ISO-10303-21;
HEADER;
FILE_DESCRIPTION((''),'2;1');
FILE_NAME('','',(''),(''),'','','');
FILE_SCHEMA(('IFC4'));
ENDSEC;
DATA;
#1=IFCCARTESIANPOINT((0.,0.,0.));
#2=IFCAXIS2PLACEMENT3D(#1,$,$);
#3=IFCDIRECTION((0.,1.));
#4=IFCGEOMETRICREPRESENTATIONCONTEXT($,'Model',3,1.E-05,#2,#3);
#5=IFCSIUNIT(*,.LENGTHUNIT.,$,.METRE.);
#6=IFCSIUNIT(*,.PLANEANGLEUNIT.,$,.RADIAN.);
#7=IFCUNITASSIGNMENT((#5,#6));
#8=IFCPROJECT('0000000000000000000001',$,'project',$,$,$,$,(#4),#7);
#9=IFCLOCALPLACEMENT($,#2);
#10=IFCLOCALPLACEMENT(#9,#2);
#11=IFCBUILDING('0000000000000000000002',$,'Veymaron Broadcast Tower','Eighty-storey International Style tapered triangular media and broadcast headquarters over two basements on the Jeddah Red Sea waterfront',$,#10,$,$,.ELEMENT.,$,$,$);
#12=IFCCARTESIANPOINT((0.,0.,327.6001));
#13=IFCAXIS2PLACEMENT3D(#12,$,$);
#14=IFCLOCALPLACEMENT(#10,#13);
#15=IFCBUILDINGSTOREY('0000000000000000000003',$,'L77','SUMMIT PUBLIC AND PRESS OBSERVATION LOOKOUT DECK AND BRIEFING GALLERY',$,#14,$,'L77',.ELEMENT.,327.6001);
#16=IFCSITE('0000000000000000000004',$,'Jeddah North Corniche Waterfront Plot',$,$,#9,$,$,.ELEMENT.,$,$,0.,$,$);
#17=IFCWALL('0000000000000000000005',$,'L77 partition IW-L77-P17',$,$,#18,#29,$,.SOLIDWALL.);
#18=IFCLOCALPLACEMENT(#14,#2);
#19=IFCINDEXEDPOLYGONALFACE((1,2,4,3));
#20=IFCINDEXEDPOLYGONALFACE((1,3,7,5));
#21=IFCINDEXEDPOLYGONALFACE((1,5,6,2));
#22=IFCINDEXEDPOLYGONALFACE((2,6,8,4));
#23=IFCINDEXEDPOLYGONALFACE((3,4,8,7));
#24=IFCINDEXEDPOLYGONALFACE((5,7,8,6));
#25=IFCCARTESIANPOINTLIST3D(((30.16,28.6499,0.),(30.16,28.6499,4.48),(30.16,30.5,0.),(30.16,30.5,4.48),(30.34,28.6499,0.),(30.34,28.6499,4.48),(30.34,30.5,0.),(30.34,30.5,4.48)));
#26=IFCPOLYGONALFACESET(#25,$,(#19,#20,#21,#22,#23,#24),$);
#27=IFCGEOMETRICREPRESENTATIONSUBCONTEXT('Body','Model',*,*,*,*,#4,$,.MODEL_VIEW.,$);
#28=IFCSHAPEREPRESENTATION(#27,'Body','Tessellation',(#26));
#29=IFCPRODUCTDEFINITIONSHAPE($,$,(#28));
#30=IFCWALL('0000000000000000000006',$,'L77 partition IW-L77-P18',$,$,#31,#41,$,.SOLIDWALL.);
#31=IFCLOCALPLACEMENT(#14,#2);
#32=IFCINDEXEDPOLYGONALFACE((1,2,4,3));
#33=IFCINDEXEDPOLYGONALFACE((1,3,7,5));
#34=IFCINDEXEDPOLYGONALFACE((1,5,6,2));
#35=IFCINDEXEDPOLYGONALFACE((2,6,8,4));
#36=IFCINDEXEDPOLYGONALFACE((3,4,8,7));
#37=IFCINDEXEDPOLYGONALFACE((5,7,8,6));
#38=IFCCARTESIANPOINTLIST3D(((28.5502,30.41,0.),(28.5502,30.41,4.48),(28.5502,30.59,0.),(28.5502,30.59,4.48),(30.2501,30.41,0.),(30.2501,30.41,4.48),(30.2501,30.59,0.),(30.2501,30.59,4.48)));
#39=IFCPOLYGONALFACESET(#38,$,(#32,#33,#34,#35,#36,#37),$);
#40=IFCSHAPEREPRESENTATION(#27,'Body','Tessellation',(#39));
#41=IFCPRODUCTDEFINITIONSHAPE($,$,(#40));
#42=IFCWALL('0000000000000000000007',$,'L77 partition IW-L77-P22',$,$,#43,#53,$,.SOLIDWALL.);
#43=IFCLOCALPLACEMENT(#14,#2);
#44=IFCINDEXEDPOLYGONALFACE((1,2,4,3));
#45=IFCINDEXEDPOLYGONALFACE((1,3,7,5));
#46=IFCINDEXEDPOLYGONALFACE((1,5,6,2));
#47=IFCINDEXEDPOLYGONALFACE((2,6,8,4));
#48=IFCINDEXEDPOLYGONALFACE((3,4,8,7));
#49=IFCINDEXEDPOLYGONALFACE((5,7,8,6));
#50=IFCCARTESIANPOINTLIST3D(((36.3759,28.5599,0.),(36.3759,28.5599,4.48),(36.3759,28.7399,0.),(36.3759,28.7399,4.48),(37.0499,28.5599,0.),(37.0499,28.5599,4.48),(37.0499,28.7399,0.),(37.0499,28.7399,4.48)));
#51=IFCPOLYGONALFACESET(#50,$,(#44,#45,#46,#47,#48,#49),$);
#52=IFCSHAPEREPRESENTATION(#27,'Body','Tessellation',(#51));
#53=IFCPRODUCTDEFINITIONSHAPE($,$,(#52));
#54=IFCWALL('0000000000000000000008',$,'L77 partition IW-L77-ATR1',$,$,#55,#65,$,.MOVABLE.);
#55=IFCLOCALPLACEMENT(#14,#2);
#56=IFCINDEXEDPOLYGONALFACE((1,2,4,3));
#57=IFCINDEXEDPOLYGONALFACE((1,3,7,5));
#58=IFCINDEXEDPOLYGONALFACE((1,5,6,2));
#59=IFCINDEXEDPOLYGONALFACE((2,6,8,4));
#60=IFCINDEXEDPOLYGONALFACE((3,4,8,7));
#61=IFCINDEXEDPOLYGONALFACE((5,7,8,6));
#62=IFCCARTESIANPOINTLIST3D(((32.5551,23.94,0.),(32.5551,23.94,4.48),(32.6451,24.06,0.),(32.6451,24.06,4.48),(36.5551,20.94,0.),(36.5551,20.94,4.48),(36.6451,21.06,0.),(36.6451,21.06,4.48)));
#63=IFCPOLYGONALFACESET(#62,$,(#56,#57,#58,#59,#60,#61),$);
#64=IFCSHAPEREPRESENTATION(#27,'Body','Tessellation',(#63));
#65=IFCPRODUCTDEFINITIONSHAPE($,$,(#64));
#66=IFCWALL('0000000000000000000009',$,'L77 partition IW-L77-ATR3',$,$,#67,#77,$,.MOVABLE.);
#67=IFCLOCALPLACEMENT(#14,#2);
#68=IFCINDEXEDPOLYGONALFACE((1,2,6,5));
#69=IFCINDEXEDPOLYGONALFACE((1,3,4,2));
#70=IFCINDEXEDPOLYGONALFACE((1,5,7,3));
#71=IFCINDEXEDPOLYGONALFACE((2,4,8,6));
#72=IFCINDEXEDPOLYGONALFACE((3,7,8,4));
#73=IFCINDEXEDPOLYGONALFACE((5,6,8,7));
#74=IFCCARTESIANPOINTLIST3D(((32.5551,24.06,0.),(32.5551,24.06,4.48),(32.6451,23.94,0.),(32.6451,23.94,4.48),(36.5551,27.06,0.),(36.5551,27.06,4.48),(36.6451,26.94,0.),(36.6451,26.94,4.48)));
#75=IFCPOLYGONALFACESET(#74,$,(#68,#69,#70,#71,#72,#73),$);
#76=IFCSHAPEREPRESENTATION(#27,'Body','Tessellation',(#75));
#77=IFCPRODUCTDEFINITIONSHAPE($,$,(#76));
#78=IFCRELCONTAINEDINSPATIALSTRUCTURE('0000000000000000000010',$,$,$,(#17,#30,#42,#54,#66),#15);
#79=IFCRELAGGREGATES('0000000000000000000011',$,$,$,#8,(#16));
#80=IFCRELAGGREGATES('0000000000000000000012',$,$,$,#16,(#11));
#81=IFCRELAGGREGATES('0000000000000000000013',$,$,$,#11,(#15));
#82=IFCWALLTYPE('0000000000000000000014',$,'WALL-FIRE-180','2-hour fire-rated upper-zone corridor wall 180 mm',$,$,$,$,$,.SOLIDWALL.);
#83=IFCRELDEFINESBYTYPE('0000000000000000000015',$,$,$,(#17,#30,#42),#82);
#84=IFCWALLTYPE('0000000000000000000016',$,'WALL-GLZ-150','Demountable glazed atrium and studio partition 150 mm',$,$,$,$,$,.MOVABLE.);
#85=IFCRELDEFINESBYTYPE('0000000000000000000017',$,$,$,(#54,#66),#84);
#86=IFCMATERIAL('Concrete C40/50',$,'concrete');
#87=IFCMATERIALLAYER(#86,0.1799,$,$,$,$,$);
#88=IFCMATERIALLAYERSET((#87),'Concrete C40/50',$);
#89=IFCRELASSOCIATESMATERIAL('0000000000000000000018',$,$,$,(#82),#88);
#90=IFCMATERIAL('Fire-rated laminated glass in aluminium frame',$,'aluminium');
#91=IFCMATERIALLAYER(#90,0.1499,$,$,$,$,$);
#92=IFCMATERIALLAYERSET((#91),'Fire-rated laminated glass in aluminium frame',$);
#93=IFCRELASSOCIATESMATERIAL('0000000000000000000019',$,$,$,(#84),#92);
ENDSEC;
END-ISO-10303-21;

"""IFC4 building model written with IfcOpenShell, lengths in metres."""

from ifc_helpers import new_model, si_unit, direction, frame, frame_2d, origin, place, context, subcontext, project, spatial, rectangle, extrude, material, layer, layer_set, type_object, element, save


model = new_model("IFC4")

# Units and contexts
model_context = context("Model", 3, precision=1e-05, world=origin(), true_north=direction((0.0, 1.0)))
body_context = subcontext(model_context, "Body", "Model", "MODEL_VIEW")
ifc_project = project(units=[si_unit("LENGTHUNIT", "METRE"), si_unit("PLANEANGLEUNIT", "RADIAN")], contexts=[model_context])

# Site, building, storey
site_placement = place(None, origin())
site = spatial("IfcSite", under=ifc_project, at=site_placement, Name="Jeddah North Corniche Waterfront Plot", CompositionType="ELEMENT", RefElevation=0.0)
building_placement = place(site_placement, origin())
building = spatial("IfcBuilding", under=site, at=building_placement, Name="Veymaron Broadcast Tower", Description="Eighty-storey International Style tapered triangular media and broadcast headquarters over two basements on the Jeddah Red Sea waterfront", CompositionType="ELEMENT")
storey_placement = place(building_placement, frame((0.0, 0.0, 327.6001)))
storey = spatial("IfcBuildingStorey", under=building, at=storey_placement, Name="L77", Description="SUMMIT PUBLIC AND PRESS OBSERVATION LOOKOUT DECK AND BRIEFING GALLERY", LongName="L77", CompositionType="ELEMENT", Elevation=327.6001)

# Shared definitions
ifc_material_1 = material(Name="Concrete C40/50", Category="concrete")

# Shared definitions
ifc_layer_1 = layer(ifc_material_1, 0.1799)
ifc_layer_set_1 = layer_set([ifc_layer_1], Name="Concrete C40/50")
wall_type_1 = type_object("IfcWallType", Name="WALL-FIRE-180", Description="2-hour fire-rated upper-zone corridor wall 180 mm", PredefinedType="SOLIDWALL", material=ifc_layer_set_1)

# Walls
wall_1_placement = place(storey_placement, frame((30.25, 28.6499, 0.0), z_axis=(0.0, 0.0, 1.0), x_axis=(0.0, 1.0, 0.0)))
element("IfcWall", 1, at=wall_1_placement, inside=storey, type_object=wall_type_1, Name="L77 partition IW-L77-P17", PredefinedType="SOLIDWALL", context=body_context, shape_type="SweptSolid", body=[
    extrude(rectangle(XDim=1.8501, YDim=0.1799, at=frame_2d((0.925, 0.0))), origin(), (0.0, 0.0, 1.0), 4.48),
])
wall_2_placement = place(storey_placement, frame((28.55, 30.5, 0.0), z_axis=(0.0, 0.0, 1.0), x_axis=(1.0, 0.0, 0.0)))
element("IfcWall", 2, at=wall_2_placement, inside=storey, type_object=wall_type_1, Name="L77 partition IW-L77-P18", PredefinedType="SOLIDWALL", context=body_context, shape_type="SweptSolid", body=[
    extrude(rectangle(XDim=1.7, YDim=0.1799, at=frame_2d((0.8501, 0.0))), origin(), (0.0, 0.0, 1.0), 4.48),
])
wall_3_placement = place(storey_placement, frame((36.376, 28.6499, 0.0), z_axis=(0.0, 0.0, 1.0), x_axis=(1.0, 0.0, 0.0)))
element("IfcWall", 3, at=wall_3_placement, inside=storey, type_object=wall_type_1, Name="L77 partition IW-L77-P22", PredefinedType="SOLIDWALL", context=body_context, shape_type="SweptSolid", body=[
    extrude(rectangle(XDim=0.6741, YDim=0.1799, at=frame_2d((0.3369, 0.0))), origin(), (0.0, 0.0, 1.0), 4.48),
])
ifc_material_2 = material(Name="Fire-rated laminated glass in aluminium frame", Category="aluminium")
ifc_layer_2 = layer(ifc_material_2, 0.1499)
ifc_layer_set_2 = layer_set([ifc_layer_2], Name="Fire-rated laminated glass in aluminium frame")
wall_type_2 = type_object("IfcWallType", Name="WALL-GLZ-150", Description="Demountable glazed atrium and studio partition 150 mm", PredefinedType="MOVABLE", material=ifc_layer_set_2)
for number, where, z_axis, x_axis, name in (
    (4, (32.6001, 24.0, 0.0), (0.0, 0.0, 1.0), (0.8, -0.6, 0.0), "L77 partition IW-L77-ATR1"),
    (5, (36.6001, 27.0, 0.0), (0.0, 0.0, 1.0), (-0.8, -0.6, 0.0), "L77 partition IW-L77-ATR3"),
):
    element("IfcWall", number, at=place(storey_placement, frame(where, z_axis=z_axis, x_axis=x_axis)), inside=storey, type_object=wall_type_2, Name=name, PredefinedType="MOVABLE", context=body_context, shape_type="SweptSolid", body=[
        extrude(rectangle(XDim=5.0, YDim=0.1499, at=frame_2d((2.5, 0.0))), origin(), (0.0, 0.0, 1.0), 4.48),
    ])

save(model, "model.ifc")
